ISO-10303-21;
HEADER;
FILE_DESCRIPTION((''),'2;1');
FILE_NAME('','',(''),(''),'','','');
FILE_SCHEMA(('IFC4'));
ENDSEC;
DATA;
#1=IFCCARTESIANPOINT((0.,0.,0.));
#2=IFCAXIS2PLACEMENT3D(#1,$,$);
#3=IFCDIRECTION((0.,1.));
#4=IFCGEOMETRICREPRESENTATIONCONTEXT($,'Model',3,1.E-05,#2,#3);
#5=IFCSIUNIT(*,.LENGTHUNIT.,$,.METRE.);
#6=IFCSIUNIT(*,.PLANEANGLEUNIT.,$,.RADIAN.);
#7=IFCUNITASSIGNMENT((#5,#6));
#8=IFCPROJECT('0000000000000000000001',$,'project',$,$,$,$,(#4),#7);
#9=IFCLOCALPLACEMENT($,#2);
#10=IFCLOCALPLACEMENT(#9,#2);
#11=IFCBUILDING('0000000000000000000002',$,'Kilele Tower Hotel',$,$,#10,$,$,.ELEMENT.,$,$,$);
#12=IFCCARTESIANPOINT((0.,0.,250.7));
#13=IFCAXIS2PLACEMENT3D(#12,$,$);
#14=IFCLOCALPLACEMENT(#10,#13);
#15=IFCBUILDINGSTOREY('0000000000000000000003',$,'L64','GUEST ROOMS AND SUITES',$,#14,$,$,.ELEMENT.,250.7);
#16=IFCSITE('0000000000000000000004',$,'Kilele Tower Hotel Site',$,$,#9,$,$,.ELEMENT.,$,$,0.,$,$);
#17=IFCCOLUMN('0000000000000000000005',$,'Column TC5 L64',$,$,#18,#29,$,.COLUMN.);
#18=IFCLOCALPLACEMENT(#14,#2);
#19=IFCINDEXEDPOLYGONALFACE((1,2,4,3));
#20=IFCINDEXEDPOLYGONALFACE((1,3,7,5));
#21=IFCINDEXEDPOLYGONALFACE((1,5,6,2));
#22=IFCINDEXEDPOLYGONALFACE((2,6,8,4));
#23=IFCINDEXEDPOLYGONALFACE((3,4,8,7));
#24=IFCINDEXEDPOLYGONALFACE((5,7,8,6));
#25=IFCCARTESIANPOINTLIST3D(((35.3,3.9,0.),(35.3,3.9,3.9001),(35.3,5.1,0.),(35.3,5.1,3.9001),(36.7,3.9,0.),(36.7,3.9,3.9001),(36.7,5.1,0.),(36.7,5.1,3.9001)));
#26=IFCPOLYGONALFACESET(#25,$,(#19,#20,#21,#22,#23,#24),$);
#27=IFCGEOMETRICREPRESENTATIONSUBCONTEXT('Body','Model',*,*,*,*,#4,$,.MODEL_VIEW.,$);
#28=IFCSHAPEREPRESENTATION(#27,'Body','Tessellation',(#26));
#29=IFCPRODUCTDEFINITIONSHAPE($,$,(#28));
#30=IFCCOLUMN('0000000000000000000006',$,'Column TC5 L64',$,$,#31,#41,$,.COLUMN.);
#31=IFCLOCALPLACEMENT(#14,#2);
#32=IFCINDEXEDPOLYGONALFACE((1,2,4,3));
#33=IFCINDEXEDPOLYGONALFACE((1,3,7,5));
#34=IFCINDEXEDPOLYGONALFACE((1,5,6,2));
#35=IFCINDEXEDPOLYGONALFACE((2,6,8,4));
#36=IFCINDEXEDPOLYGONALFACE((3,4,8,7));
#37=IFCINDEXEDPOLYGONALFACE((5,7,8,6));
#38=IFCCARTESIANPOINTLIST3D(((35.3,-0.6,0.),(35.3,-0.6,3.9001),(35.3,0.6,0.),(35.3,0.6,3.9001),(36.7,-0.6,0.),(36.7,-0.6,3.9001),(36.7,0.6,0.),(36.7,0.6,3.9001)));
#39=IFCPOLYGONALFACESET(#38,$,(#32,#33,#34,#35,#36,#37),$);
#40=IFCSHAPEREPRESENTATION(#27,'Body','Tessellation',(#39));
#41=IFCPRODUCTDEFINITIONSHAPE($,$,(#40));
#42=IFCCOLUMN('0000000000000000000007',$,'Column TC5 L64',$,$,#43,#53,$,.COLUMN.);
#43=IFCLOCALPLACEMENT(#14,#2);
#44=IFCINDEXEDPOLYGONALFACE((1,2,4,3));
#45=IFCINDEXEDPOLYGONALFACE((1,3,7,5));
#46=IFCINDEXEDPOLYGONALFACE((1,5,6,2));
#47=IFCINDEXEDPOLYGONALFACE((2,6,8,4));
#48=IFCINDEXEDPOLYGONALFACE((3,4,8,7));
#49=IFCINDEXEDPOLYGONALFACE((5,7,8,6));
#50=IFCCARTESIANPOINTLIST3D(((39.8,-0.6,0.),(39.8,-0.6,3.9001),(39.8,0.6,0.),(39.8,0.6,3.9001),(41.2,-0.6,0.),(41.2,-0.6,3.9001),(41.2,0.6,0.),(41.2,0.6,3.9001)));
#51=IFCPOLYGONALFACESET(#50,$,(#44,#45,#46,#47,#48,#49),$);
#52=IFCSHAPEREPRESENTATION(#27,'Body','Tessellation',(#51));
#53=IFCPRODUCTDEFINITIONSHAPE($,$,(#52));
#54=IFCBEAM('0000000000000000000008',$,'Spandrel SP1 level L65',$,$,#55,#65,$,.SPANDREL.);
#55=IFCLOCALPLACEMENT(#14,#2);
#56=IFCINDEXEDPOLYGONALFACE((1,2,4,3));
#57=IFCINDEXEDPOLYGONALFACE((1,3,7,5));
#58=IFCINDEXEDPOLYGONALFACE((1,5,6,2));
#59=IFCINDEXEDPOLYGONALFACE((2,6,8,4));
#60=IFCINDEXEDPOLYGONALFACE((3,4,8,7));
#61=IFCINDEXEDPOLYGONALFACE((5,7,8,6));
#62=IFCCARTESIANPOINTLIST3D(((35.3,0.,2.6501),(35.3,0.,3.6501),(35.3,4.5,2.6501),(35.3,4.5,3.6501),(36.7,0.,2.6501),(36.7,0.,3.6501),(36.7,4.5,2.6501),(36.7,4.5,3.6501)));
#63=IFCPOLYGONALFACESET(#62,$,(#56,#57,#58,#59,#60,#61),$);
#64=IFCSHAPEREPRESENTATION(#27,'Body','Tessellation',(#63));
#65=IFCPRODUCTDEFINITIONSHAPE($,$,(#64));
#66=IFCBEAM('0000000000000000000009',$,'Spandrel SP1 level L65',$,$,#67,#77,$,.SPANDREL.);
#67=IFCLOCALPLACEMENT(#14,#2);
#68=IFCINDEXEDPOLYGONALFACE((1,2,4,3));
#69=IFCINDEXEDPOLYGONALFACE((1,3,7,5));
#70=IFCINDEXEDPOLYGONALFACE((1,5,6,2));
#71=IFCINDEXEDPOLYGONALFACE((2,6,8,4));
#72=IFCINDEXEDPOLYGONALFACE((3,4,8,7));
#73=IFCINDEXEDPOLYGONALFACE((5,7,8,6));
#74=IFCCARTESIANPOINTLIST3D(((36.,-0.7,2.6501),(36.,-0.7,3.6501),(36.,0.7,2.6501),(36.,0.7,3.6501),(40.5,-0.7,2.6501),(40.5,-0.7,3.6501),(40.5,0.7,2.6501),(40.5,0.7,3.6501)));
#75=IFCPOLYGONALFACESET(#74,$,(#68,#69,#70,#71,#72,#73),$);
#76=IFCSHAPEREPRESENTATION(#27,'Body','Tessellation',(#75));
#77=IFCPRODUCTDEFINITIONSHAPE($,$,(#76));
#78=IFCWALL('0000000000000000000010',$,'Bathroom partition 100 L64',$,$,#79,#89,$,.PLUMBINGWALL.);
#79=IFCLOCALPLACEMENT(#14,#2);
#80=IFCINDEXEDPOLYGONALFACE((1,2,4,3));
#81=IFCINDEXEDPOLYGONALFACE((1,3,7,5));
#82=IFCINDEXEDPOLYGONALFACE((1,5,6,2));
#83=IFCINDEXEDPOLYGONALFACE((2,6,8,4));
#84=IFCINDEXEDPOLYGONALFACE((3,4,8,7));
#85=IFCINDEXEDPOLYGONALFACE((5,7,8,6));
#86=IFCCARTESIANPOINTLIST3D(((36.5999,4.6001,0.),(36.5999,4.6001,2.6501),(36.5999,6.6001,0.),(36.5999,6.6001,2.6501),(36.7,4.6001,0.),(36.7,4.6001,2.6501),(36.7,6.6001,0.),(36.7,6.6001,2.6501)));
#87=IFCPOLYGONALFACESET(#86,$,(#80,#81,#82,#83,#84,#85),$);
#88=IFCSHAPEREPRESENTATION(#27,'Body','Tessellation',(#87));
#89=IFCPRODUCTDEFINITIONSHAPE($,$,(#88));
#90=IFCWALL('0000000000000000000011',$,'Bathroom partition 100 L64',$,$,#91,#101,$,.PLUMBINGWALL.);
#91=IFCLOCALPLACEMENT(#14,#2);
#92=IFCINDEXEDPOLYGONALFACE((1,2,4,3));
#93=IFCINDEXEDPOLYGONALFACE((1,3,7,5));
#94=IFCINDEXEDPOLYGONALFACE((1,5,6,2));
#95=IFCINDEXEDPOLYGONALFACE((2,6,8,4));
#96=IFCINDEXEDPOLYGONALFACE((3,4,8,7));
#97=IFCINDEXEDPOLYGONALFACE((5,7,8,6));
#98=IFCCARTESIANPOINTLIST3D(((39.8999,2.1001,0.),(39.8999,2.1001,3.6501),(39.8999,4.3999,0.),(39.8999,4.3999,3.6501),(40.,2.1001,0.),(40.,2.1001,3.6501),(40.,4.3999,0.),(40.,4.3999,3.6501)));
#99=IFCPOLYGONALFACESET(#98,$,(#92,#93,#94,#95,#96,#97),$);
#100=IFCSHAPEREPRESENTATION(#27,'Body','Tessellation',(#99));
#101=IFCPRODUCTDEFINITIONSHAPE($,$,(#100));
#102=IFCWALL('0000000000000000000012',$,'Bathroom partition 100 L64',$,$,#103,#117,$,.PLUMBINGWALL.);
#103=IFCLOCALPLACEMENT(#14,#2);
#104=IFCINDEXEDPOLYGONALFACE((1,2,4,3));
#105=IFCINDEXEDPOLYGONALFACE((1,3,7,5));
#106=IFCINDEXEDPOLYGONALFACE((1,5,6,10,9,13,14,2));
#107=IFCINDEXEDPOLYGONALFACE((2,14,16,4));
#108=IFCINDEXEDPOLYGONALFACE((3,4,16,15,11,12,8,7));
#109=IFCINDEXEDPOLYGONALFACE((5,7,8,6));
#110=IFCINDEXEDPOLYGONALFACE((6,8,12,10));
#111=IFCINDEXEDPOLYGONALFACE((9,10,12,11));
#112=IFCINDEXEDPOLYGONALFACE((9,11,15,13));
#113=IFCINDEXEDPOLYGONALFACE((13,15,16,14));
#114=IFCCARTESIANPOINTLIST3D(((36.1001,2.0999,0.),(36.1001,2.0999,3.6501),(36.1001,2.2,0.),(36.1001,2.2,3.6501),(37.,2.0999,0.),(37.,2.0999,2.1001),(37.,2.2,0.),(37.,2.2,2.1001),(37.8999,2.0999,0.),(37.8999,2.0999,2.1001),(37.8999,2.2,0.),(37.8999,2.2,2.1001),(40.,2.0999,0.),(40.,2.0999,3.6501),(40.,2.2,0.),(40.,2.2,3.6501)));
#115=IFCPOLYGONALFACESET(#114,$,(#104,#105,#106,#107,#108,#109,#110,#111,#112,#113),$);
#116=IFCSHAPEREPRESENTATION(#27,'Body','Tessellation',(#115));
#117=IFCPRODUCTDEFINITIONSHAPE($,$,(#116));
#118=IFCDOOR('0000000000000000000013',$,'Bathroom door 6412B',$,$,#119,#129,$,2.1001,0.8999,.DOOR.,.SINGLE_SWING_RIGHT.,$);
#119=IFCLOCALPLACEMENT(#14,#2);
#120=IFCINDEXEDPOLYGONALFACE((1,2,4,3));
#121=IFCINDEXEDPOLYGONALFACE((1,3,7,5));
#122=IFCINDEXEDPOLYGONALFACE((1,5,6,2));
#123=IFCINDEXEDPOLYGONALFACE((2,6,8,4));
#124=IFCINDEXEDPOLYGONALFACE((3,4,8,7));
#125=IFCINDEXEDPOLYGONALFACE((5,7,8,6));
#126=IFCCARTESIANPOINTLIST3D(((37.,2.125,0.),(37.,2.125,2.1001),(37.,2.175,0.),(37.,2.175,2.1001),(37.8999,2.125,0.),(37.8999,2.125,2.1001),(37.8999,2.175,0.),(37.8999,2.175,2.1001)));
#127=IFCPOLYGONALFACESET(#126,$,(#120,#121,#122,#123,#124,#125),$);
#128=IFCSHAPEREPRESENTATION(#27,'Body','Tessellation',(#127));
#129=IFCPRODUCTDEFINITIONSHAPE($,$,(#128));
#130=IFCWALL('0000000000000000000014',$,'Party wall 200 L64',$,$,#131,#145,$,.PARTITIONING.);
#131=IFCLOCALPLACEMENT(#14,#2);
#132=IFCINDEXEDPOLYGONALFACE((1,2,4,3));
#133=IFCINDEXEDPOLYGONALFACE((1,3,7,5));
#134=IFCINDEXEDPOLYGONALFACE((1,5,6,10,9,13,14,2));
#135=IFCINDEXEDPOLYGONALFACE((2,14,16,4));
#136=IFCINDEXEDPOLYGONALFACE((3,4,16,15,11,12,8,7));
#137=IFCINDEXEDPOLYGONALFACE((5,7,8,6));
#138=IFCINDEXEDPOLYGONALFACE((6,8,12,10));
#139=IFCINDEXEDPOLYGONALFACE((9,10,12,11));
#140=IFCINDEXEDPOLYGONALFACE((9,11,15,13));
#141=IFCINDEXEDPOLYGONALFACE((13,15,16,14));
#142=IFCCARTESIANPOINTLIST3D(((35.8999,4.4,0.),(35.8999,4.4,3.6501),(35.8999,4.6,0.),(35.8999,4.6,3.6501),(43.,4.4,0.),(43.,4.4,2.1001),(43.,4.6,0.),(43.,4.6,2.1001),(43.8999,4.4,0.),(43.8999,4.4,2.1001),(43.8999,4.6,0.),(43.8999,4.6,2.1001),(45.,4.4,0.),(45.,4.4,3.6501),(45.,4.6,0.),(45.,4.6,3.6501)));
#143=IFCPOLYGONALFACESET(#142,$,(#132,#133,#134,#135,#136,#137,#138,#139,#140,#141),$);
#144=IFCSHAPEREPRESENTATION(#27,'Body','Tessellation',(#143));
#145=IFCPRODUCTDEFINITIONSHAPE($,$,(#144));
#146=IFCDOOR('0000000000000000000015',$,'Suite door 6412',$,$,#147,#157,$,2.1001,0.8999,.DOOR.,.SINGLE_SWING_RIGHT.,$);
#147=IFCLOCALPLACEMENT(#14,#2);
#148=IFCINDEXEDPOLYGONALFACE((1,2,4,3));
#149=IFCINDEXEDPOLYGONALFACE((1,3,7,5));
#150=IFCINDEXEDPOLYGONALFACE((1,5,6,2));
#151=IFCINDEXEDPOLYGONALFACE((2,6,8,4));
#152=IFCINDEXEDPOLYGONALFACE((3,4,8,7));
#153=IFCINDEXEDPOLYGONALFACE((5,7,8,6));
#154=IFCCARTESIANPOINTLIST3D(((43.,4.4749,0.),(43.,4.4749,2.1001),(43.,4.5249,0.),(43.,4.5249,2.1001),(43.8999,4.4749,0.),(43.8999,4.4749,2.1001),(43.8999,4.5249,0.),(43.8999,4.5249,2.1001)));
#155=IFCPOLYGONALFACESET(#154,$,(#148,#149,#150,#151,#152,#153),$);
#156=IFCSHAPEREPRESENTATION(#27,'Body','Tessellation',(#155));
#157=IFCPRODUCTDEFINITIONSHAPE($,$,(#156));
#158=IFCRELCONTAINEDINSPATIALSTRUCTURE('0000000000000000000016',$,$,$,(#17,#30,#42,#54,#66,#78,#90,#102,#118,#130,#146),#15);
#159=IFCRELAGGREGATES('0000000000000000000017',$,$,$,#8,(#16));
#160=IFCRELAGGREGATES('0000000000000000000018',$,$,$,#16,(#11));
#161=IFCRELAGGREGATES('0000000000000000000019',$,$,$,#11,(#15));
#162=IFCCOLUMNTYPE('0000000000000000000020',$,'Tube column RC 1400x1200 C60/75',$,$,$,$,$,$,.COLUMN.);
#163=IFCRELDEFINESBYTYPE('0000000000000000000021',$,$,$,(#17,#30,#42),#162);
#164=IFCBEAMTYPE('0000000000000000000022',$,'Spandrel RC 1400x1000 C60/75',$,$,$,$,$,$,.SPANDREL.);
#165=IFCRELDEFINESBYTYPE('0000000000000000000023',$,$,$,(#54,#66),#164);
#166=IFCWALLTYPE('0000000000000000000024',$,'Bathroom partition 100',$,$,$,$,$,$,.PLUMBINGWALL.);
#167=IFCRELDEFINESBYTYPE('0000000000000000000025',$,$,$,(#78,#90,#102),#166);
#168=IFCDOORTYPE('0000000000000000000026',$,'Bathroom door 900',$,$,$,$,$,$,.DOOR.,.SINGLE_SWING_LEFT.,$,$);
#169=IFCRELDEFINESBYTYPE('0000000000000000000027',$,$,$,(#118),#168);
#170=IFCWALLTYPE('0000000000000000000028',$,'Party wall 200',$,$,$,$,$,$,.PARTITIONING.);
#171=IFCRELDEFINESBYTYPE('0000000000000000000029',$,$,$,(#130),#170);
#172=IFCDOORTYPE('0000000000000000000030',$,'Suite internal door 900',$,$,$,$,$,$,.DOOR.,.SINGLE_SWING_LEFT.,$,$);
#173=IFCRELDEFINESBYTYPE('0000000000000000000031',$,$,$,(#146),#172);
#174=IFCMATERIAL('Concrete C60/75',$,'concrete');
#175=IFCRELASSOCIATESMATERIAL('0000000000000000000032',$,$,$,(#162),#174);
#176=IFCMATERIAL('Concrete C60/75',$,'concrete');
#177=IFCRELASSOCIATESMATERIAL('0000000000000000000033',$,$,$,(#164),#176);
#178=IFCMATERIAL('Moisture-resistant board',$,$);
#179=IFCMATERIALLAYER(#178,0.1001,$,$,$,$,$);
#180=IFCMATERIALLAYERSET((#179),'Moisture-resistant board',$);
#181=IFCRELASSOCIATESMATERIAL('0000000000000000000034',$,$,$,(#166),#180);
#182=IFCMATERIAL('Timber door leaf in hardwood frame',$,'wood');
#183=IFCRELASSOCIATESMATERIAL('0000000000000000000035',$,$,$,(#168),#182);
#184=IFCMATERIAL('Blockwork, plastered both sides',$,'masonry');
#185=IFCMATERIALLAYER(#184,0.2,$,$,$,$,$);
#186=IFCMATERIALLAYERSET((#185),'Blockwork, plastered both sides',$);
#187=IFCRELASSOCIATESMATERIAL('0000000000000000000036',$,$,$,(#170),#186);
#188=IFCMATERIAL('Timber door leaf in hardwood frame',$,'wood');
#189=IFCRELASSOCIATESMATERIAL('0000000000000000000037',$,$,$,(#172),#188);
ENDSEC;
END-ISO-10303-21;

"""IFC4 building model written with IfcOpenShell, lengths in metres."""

from ifc_helpers import new_model, si_unit, direction, frame, frame_2d, origin, origin_2d, place, context, subcontext, project, spatial, rectangle, extrude, material, layer, layer_set, material_profile, profile_set, type_object, element, fill, save


model = new_model("IFC4")

# Units and contexts
model_context = context("Model", 3, precision=1e-05, world=origin(), true_north=direction((0.0, 1.0)))
body_context = subcontext(model_context, "Body", "Model", "MODEL_VIEW")
ifc_project = project(units=[si_unit("LENGTHUNIT", "METRE"), si_unit("PLANEANGLEUNIT", "RADIAN")], contexts=[model_context])

# Site, building, storey
site_placement = place(None, origin())
site = spatial("IfcSite", under=ifc_project, at=site_placement, Name="Kilele Tower Hotel Site", CompositionType="ELEMENT", RefElevation=0.0)
building_placement = place(site_placement, origin())
building = spatial("IfcBuilding", under=site, at=building_placement, Name="Kilele Tower Hotel", CompositionType="ELEMENT")
storey_placement = place(building_placement, frame((0.0, 0.0, 250.7)))
storey = spatial("IfcBuildingStorey", under=building, at=storey_placement, Name="L64", Description="GUEST ROOMS AND SUITES", CompositionType="ELEMENT", Elevation=250.7)

# Columns
ifc_material_1 = material(Name="Concrete C60/75", Category="concrete")
ifc_material_profile_1 = material_profile(ifc_material_1, rectangle(XDim=1.3999, YDim=1.2, at=origin_2d()))
ifc_profile_set_1 = profile_set([ifc_material_profile_1], Name="Concrete C60/75")
column_type = type_object("IfcColumnType", Name="Tube column RC 1400x1200 C60/75", PredefinedType="COLUMN", material=ifc_profile_set_1)
for number, where, z_axis, x_axis, name in (
    (1, (36.0, 4.5, 0.0), (0.0, 0.0, 1.0), (1.0, 0.0, 0.0), "Column TC5 L64"),
    (2, (36.0, 0.0, 0.0), (0.0, 0.0, 1.0), (1.0, 0.0, 0.0), "Column TC5 L64"),
    (3, (40.5, 0.0, 0.0), (0.0, 0.0, 1.0), (1.0, 0.0, 0.0), "Column TC5 L64"),
):
    element("IfcColumn", number, at=place(storey_placement, frame(where, z_axis=z_axis, x_axis=x_axis)), inside=storey, type_object=column_type, Name=name, PredefinedType="COLUMN", context=body_context, shape_type="SweptSolid", body=[
        extrude(rectangle(XDim=1.3999, YDim=1.2, at=origin_2d()), origin(), (0.0, 0.0, 1.0), 3.9001),
    ])

# Beams
ifc_material_2 = material(Name="Concrete C60/75", Category="concrete")
ifc_material_profile_2 = material_profile(ifc_material_2, rectangle(XDim=1.3999, YDim=1.0, at=origin_2d()))
ifc_profile_set_2 = profile_set([ifc_material_profile_2], Name="Concrete C60/75")
beam_type = type_object("IfcBeamType", Name="Spandrel RC 1400x1000 C60/75", PredefinedType="SPANDREL", material=ifc_profile_set_2)
for number, where, z_axis, x_axis, name in (
    (4, (36.0, 4.5, 3.1501), (0.0, -1.0, 0.0), (1.0, 0.0, 0.0), "Spandrel SP1 level L65"),
    (5, (36.0, 0.0, 3.1501), (1.0, 0.0, 0.0), (0.0, 1.0, 0.0), "Spandrel SP1 level L65"),
):
    element("IfcBeam", number, at=place(storey_placement, frame(where, z_axis=z_axis, x_axis=x_axis)), inside=storey, type_object=beam_type, Name=name, PredefinedType="SPANDREL", context=body_context, shape_type="SweptSolid", body=[
        extrude(rectangle(XDim=1.3999, YDim=1.0, at=origin_2d()), origin(), (0.0, 0.0, 1.0), 4.5),
    ])

# Walls
ifc_material_3 = material(Name="Moisture-resistant board")
ifc_layer_1 = layer(ifc_material_3, 0.1001)
ifc_layer_set_1 = layer_set([ifc_layer_1], Name="Moisture-resistant board")
wall_type_1 = type_object("IfcWallType", Name="Bathroom partition 100", PredefinedType="PLUMBINGWALL", material=ifc_layer_set_1)
wall_1_placement = place(storey_placement, frame((36.6499, 4.6001, 0.0), z_axis=(0.0, 0.0, 1.0), x_axis=(0.0, 1.0, 0.0)))
element("IfcWall", 6, at=wall_1_placement, inside=storey, type_object=wall_type_1, Name="Bathroom partition 100 L64", PredefinedType="PLUMBINGWALL", context=body_context, shape_type="SweptSolid", body=[
    extrude(rectangle(XDim=2.0, YDim=0.1001, at=frame_2d((1.0, 0.0))), origin(), (0.0, 0.0, 1.0), 2.6501),
])
wall_2_placement = place(storey_placement, frame((39.95, 4.3999, 0.0), z_axis=(0.0, 0.0, 1.0), x_axis=(0.0, -1.0, 0.0)))
element("IfcWall", 7, at=wall_2_placement, inside=storey, type_object=wall_type_1, Name="Bathroom partition 100 L64", PredefinedType="PLUMBINGWALL", context=body_context, shape_type="SweptSolid", body=[
    extrude(rectangle(XDim=2.2998, YDim=0.1001, at=frame_2d((1.1499, 0.0))), origin(), (0.0, 0.0, 1.0), 3.6501),
])

# Walls, openings, doors
wall_3_placement = place(storey_placement, frame((36.1001, 2.1499, 0.0), z_axis=(0.0, 0.0, 1.0), x_axis=(1.0, 0.0, 0.0)))
wall_3 = element("IfcWall", 8, at=wall_3_placement, inside=storey, type_object=wall_type_1, Name="Bathroom partition 100 L64", PredefinedType="PLUMBINGWALL", context=body_context, shape_type="SweptSolid", body=[
    extrude(rectangle(XDim=3.8999, YDim=0.1001, at=frame_2d((1.95, 0.0))), origin(), (0.0, 0.0, 1.0), 3.6501),
])
opening_1_placement = place(wall_3_placement, frame((1.7998, 0.0, 0.0), z_axis=(0.0, 0.0, 1.0), x_axis=(-1.0, 0.0, 0.0)))
opening_1 = element("IfcOpeningElement", 9, at=opening_1_placement, cuts=wall_3, PredefinedType="OPENING", context=body_context, shape_type="SweptSolid", body=[
    extrude(rectangle(XDim=0.8999, YDim=2.1001, at=frame_2d((0.45, 1.05))), frame((0.0, 0.0601, 0.0), z_axis=(0.0, -1.0, 0.0), x_axis=(1.0, 0.0, 0.0)), (0.0, 0.0, 1.0), 0.1201),
])
ifc_material_4 = material(Name="Timber door leaf in hardwood frame", Category="wood")
door_type_1 = type_object("IfcDoorType", Name="Bathroom door 900", OperationType="SINGLE_SWING_LEFT", PredefinedType="DOOR", material=ifc_material_4)
door_1_placement = place(opening_1_placement, origin())
door_1 = element("IfcDoor", 10, at=door_1_placement, inside=storey, type_object=door_type_1, Name="Bathroom door 6412B", OperationType="SINGLE_SWING_RIGHT", OverallHeight=2.1001, OverallWidth=0.8999, PredefinedType="DOOR", context=body_context, shape_type="SweptSolid", body=[
    extrude(rectangle(XDim=0.8999, YDim=2.1001, at=frame_2d((0.45, 1.05))), frame((0.0, 0.0249, 0.0), z_axis=(0.0, -1.0, 0.0), x_axis=(1.0, 0.0, 0.0)), (0.0, 0.0, 1.0), 0.05),
])
fill(opening_1, door_1)
ifc_material_5 = material(Name="Blockwork, plastered both sides", Category="masonry")
ifc_layer_2 = layer(ifc_material_5, 0.2)
ifc_layer_set_2 = layer_set([ifc_layer_2], Name="Blockwork, plastered both sides")
wall_type_2 = type_object("IfcWallType", Name="Party wall 200", PredefinedType="PARTITIONING", material=ifc_layer_set_2)
wall_4_placement = place(storey_placement, frame((35.8999, 4.5, 0.0), z_axis=(0.0, 0.0, 1.0), x_axis=(1.0, 0.0, 0.0)))
wall_4 = element("IfcWall", 11, at=wall_4_placement, inside=storey, type_object=wall_type_2, Name="Party wall 200 L64", PredefinedType="PARTITIONING", context=body_context, shape_type="SweptSolid", body=[
    extrude(rectangle(XDim=9.1001, YDim=0.2, at=frame_2d((4.55, 0.0))), origin(), (0.0, 0.0, 1.0), 3.6501),
])
opening_2_placement = place(wall_4_placement, frame((7.1001, 0.0, 0.0)))
opening_2 = element("IfcOpeningElement", 12, at=opening_2_placement, cuts=wall_4, PredefinedType="OPENING", context=body_context, shape_type="SweptSolid", body=[
    extrude(rectangle(XDim=0.8999, YDim=2.1001, at=frame_2d((0.45, 1.05))), frame((0.0, 0.1099, 0.0), z_axis=(0.0, -1.0, 0.0), x_axis=(1.0, 0.0, 0.0)), (0.0, 0.0, 1.0), 0.22),
])
ifc_material_6 = material(Name="Timber door leaf in hardwood frame", Category="wood")
door_type_2 = type_object("IfcDoorType", Name="Suite internal door 900", OperationType="SINGLE_SWING_LEFT", PredefinedType="DOOR", material=ifc_material_6)
door_2_placement = place(opening_2_placement, origin())
door_2 = element("IfcDoor", 13, at=door_2_placement, inside=storey, type_object=door_type_2, Name="Suite door 6412", OperationType="SINGLE_SWING_RIGHT", OverallHeight=2.1001, OverallWidth=0.8999, PredefinedType="DOOR", context=body_context, shape_type="SweptSolid", body=[
    extrude(rectangle(XDim=0.8999, YDim=2.1001, at=frame_2d((0.45, 1.05))), frame((0.0, 0.0249, 0.0), z_axis=(0.0, -1.0, 0.0), x_axis=(1.0, 0.0, 0.0)), (0.0, 0.0, 1.0), 0.05),
])
fill(opening_2, door_2)

save(model, "model.ifc")
